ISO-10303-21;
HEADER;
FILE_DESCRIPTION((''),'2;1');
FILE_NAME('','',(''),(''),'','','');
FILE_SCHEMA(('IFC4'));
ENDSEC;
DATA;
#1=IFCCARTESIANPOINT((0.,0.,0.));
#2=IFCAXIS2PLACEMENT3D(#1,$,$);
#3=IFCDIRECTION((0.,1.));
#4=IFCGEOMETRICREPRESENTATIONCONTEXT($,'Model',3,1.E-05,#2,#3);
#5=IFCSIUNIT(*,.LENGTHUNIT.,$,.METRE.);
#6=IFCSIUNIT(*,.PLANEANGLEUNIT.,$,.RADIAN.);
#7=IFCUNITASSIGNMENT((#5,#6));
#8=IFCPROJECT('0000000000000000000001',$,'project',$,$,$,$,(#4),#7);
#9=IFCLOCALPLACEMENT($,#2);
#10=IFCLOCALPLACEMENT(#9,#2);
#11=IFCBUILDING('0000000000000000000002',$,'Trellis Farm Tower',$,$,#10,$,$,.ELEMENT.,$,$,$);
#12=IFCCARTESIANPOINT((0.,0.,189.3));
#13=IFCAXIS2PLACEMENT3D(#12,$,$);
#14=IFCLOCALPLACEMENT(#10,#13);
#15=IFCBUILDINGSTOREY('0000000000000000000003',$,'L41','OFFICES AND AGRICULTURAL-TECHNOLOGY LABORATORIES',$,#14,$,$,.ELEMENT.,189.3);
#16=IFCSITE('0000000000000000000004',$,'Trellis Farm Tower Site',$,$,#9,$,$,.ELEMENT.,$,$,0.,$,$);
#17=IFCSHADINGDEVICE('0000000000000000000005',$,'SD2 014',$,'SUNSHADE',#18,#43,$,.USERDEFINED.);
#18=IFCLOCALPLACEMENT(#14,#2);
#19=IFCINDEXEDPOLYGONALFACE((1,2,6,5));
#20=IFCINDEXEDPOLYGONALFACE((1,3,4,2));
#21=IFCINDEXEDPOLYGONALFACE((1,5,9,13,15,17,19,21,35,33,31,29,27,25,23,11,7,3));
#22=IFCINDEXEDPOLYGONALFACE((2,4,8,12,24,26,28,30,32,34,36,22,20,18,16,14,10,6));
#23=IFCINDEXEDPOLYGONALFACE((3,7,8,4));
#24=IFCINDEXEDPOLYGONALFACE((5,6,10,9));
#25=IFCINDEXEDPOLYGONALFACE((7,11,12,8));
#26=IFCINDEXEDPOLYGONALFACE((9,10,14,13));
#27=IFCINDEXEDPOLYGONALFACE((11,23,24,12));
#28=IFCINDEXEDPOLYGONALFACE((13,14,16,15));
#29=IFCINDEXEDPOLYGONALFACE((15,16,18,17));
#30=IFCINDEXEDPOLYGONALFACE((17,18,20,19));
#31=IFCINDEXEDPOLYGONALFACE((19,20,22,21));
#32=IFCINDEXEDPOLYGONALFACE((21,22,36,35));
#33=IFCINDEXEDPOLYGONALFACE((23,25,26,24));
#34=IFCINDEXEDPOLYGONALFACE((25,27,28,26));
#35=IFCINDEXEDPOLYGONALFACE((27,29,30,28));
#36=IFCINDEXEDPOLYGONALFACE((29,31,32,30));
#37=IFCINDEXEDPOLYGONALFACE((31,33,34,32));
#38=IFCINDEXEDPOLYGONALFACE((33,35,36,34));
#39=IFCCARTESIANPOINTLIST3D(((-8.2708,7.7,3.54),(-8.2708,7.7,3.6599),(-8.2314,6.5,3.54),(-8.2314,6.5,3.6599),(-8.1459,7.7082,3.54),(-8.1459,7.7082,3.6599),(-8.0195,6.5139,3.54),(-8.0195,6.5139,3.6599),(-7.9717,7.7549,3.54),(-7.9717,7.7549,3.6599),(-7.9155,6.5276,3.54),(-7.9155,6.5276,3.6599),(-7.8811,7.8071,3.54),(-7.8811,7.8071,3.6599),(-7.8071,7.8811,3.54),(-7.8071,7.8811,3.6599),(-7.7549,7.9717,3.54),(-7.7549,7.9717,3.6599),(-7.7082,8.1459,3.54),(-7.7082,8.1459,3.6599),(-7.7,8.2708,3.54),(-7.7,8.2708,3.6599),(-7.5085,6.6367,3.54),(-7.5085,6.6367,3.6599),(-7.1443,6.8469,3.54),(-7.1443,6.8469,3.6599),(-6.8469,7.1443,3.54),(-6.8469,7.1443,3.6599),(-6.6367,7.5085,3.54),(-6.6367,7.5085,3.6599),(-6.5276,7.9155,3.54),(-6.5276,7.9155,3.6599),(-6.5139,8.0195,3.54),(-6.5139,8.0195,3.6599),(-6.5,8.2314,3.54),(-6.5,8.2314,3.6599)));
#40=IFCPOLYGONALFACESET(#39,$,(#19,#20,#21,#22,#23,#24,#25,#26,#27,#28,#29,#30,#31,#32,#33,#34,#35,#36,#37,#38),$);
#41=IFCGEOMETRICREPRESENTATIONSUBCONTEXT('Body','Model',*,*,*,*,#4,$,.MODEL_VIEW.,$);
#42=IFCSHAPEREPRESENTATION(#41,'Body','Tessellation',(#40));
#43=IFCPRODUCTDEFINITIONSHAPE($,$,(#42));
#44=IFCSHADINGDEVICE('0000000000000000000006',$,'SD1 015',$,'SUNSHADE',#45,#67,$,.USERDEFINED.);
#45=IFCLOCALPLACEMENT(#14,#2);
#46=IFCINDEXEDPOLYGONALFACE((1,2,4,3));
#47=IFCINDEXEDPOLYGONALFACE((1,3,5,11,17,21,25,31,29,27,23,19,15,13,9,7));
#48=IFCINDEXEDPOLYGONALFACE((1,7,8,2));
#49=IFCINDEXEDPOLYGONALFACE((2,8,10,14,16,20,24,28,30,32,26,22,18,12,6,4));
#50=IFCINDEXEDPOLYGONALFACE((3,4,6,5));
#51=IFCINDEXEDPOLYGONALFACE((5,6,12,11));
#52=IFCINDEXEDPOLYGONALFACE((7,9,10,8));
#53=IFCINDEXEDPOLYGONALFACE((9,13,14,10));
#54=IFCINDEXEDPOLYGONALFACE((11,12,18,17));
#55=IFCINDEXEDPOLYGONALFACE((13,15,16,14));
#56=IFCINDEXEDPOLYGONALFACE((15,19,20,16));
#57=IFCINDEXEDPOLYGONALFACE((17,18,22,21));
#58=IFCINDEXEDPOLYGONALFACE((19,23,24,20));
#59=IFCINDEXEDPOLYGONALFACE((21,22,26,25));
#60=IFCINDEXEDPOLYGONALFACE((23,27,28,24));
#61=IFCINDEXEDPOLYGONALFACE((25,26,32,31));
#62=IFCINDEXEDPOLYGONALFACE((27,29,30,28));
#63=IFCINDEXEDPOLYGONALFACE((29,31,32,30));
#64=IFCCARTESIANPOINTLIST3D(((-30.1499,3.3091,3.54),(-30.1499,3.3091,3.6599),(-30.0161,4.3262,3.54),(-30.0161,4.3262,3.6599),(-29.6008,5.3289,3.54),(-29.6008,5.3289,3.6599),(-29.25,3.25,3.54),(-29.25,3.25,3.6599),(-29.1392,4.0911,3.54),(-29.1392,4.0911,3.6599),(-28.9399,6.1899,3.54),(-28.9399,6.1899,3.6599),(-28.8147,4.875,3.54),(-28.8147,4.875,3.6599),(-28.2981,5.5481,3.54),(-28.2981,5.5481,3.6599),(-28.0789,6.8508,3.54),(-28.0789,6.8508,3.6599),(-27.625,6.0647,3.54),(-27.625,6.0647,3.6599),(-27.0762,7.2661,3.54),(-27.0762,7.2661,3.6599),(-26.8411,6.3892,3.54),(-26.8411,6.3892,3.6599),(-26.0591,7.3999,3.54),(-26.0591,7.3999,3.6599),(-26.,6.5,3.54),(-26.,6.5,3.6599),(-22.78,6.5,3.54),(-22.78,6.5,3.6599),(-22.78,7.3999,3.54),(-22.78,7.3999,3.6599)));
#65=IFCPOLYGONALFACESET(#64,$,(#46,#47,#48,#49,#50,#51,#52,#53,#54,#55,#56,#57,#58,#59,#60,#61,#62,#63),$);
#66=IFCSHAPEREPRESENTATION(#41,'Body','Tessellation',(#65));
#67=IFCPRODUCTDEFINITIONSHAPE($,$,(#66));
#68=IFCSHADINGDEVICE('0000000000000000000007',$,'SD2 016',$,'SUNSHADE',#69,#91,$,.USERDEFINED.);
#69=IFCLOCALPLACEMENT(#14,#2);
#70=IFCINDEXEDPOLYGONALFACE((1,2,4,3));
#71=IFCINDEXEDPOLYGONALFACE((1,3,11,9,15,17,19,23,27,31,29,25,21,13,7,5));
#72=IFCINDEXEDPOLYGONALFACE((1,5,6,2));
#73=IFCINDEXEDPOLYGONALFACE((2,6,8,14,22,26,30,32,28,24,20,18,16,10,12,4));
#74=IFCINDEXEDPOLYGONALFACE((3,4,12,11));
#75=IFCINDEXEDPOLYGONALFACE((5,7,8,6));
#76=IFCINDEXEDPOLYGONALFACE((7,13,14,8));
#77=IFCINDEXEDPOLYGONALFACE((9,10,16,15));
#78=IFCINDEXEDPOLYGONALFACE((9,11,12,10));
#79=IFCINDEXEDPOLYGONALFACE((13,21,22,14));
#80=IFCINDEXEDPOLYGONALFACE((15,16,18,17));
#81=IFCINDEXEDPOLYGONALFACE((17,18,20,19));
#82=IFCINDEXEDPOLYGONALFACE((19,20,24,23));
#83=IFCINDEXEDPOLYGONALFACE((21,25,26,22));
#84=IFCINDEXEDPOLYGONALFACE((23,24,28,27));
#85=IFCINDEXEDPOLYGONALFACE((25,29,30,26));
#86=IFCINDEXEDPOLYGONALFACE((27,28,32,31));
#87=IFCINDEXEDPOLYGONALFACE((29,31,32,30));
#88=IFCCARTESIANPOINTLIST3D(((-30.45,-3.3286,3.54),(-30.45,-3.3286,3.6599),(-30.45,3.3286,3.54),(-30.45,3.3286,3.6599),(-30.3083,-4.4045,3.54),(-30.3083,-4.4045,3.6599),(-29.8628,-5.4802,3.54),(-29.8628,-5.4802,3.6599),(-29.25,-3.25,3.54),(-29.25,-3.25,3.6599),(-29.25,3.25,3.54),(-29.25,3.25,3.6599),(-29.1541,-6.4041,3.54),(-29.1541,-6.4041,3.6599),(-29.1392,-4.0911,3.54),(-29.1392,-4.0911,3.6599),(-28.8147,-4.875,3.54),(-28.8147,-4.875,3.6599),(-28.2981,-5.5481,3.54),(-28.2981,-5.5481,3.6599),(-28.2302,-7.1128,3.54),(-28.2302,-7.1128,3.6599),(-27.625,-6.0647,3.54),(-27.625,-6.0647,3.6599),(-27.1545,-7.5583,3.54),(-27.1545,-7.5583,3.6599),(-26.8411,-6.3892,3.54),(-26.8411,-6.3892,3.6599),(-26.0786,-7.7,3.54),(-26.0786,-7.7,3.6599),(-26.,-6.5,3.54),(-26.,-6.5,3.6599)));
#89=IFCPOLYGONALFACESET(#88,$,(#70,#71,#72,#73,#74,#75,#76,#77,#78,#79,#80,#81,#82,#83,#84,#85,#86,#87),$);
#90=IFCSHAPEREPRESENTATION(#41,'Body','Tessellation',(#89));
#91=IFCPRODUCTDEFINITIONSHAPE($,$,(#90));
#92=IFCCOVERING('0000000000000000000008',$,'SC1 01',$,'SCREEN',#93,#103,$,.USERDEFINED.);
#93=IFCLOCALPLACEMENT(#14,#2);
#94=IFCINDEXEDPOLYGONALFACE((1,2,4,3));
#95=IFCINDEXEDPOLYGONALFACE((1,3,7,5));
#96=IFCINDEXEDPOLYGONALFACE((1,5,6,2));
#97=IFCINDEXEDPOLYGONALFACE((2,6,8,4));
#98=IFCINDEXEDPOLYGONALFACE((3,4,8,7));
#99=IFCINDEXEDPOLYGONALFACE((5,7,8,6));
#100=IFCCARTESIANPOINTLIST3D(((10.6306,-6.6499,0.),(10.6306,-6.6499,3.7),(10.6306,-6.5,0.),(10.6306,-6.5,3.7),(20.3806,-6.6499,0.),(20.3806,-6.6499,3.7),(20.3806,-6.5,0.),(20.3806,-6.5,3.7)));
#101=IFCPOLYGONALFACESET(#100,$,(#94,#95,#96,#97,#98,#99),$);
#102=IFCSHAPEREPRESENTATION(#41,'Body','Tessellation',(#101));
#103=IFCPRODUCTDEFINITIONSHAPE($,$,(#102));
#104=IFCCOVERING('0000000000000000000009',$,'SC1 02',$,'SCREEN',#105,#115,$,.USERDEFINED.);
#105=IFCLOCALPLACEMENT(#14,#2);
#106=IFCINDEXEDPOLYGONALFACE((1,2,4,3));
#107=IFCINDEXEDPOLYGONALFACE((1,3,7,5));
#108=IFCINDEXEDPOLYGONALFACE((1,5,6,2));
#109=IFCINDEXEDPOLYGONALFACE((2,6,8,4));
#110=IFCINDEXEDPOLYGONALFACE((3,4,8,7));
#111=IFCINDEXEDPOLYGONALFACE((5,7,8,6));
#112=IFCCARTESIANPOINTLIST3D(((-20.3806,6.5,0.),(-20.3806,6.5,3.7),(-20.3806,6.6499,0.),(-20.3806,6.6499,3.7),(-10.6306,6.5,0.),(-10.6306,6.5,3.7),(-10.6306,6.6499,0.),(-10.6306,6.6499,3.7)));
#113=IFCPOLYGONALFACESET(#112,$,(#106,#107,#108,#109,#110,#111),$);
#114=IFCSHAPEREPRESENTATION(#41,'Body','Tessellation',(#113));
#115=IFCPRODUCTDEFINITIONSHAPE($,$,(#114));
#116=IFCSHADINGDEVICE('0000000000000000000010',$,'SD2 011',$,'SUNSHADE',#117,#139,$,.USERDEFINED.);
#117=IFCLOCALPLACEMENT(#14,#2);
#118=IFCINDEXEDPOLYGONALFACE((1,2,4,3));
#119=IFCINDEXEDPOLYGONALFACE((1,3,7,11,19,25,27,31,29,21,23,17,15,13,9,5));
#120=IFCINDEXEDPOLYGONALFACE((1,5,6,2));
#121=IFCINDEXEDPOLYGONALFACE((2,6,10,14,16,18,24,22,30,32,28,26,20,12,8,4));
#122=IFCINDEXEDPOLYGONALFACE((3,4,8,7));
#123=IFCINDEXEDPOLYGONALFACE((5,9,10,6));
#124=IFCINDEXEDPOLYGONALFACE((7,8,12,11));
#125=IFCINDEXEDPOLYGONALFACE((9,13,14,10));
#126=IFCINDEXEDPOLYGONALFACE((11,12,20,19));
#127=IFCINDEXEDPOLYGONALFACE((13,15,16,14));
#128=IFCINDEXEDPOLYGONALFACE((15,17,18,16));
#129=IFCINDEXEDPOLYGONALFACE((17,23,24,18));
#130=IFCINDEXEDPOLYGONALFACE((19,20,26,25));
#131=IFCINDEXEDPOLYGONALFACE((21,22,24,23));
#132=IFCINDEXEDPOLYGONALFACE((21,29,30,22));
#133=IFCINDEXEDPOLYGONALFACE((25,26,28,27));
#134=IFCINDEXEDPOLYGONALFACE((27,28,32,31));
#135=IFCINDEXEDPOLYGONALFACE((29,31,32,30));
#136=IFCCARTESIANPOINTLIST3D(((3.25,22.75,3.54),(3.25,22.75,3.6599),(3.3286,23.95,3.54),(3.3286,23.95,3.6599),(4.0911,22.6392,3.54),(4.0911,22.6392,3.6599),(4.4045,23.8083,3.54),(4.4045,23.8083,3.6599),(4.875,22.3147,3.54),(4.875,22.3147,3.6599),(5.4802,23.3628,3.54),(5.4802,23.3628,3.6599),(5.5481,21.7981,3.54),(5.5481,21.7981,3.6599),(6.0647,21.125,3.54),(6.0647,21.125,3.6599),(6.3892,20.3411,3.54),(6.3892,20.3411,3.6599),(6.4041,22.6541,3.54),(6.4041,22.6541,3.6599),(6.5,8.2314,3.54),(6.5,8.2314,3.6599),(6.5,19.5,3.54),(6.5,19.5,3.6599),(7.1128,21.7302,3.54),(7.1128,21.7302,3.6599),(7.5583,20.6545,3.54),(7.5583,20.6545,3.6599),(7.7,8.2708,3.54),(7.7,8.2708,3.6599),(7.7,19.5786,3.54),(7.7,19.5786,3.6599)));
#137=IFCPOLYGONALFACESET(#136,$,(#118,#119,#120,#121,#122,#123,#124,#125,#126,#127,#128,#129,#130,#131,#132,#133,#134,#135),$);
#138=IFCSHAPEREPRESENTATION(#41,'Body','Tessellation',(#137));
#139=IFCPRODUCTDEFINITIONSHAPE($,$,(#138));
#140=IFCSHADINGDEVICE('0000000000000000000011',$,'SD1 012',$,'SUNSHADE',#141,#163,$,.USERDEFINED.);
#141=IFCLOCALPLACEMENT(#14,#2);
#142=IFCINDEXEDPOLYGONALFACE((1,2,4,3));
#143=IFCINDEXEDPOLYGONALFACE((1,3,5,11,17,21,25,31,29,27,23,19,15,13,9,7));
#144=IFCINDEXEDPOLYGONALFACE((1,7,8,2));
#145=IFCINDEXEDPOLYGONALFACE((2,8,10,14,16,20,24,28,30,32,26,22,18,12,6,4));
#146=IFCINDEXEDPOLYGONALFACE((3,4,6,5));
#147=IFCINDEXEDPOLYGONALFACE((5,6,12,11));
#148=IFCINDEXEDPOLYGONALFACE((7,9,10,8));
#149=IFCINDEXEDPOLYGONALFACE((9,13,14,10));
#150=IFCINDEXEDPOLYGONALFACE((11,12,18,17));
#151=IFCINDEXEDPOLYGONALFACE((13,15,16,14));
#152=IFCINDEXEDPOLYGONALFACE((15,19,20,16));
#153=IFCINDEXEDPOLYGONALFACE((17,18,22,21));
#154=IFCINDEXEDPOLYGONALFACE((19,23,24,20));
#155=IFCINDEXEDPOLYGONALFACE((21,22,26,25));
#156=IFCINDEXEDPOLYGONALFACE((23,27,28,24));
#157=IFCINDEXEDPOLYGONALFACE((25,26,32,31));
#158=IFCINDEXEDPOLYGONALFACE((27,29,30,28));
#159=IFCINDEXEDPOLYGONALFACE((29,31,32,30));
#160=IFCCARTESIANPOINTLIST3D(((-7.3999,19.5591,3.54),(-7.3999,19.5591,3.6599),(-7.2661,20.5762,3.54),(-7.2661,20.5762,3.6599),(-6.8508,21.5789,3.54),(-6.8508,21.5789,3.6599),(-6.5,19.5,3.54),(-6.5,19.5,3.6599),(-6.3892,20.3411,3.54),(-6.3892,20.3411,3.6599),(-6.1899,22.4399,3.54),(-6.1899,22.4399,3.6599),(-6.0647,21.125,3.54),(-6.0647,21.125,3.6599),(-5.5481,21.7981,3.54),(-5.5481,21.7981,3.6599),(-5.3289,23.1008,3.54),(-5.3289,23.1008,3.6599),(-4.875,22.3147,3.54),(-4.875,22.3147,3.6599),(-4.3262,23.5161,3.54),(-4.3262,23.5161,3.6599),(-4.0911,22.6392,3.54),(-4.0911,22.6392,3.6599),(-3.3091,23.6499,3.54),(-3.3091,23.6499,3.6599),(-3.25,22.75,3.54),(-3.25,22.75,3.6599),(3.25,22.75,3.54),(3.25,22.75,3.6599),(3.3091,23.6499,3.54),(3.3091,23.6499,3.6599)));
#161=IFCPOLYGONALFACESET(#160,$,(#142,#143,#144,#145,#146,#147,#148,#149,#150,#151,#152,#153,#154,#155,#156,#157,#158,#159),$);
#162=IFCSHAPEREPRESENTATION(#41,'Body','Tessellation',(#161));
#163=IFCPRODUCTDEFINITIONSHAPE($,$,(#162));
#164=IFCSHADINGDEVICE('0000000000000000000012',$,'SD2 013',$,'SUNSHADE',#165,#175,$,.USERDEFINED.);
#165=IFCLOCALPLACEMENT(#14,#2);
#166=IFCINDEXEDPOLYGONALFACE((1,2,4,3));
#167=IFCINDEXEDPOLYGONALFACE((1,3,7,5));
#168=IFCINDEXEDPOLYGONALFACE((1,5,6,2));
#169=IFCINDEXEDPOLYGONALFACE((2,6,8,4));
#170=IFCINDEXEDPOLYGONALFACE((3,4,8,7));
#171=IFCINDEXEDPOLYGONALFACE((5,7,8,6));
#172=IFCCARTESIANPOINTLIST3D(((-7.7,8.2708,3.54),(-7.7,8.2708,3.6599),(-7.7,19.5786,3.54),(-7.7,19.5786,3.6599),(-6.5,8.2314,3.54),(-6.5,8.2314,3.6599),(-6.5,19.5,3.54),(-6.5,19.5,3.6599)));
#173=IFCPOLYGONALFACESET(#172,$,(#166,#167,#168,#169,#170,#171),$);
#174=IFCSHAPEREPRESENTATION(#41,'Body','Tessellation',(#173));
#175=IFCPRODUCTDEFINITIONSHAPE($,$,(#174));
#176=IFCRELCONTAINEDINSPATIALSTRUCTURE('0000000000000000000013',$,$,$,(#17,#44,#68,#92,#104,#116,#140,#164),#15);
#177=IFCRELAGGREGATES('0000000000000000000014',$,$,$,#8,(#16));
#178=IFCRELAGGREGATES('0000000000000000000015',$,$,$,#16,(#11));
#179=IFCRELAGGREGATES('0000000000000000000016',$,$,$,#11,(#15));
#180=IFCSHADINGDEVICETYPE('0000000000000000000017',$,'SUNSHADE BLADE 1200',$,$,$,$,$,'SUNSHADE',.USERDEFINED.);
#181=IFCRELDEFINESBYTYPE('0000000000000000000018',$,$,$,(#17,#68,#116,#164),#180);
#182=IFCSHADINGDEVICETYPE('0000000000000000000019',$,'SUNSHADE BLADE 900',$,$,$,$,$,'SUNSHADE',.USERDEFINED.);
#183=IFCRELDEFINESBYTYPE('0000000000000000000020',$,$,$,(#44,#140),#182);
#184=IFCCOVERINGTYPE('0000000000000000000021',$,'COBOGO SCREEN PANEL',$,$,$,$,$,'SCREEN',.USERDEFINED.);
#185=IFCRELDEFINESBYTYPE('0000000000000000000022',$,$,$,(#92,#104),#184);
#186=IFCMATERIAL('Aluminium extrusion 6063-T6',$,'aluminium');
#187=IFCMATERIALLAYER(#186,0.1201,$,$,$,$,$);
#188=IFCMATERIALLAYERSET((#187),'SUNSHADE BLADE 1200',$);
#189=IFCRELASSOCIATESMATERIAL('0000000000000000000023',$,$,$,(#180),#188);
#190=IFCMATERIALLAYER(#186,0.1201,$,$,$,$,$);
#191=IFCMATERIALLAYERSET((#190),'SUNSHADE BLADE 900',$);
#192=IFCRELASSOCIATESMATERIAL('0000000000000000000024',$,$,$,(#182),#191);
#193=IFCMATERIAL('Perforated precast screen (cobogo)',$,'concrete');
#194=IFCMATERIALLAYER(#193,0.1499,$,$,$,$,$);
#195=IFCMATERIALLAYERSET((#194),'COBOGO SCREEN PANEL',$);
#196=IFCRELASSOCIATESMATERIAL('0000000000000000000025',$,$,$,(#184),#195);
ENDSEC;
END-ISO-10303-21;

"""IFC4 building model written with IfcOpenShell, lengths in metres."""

from ifc_helpers import new_model, si_unit, direction, frame, origin, place, context, subcontext, project, spatial, polyline, outline, extrude, source, transform, mapped, material, layer, layer_set, type_object, element, save


model = new_model("IFC4")

# Units and contexts
model_context = context("Model", 3, precision=1e-05, world=origin(), true_north=direction((0.0, 1.0)))
body_context = subcontext(model_context, "Body", "Model", "MODEL_VIEW")
ifc_project = project(units=[si_unit("LENGTHUNIT", "METRE"), si_unit("PLANEANGLEUNIT", "RADIAN")], contexts=[model_context])

# Site, building, storey
site_placement = place(None, origin())
site = spatial("IfcSite", under=ifc_project, at=site_placement, Name="Trellis Farm Tower Site", CompositionType="ELEMENT", RefElevation=0.0)
building_placement = place(site_placement, origin())
building = spatial("IfcBuilding", under=site, at=building_placement, Name="Trellis Farm Tower", CompositionType="ELEMENT")
storey_placement = place(building_placement, frame((0.0, 0.0, 189.3)))
storey = spatial("IfcBuildingStorey", under=building, at=storey_placement, Name="L41", Description="OFFICES AND AGRICULTURAL-TECHNOLOGY LABORATORIES", CompositionType="ELEMENT", Elevation=189.3)

# Shared definitions
placement_1 = place(storey_placement, origin())
ifc_material_1 = material(Name="Aluminium extrusion 6063-T6", Category="aluminium")

# Shading devices
ifc_layer_1 = layer(ifc_material_1, 0.1201)
ifc_layer_set_1 = layer_set([ifc_layer_1], Name="SUNSHADE BLADE 1200")
shading_device_type_1 = type_object("IfcShadingDeviceType", Name="SUNSHADE BLADE 1200", ElementType="SUNSHADE", PredefinedType="USERDEFINED", material=ifc_layer_set_1)
shared_shape_1 = source(origin(), body_context, "Body", "SweptSolid", [
    extrude(outline(polyline([(-7.7, 8.2708), (-7.7087, 8.1372), (-7.707, 8.1501), (-7.7549, 7.9717), (-7.8071, 7.8811), (-7.8811, 7.8071), (-7.9717, 7.7549), (-8.1501, 7.707), (-8.1372, 7.7087), (-8.2708, 7.7), (-8.2314, 6.5), (-8.0195, 6.5139), (-7.9155, 6.5276), (-7.5085, 6.6367), (-7.1443, 6.8469), (-6.8469, 7.1443), (-6.6367, 7.5085), (-6.5276, 7.9155), (-6.5139, 8.0195), (-6.5, 8.2314), (-7.7, 8.2708)])), origin(), (0.0, 0.0, 1.0), 0.1199),
])
placement_2 = place(storey_placement, frame((0.0, 0.0, 3.54)))
element("IfcShadingDevice", 1, at=placement_2, inside=storey, type_object=shading_device_type_1, Name="SD2 014", ObjectType="SUNSHADE", PredefinedType="USERDEFINED", context=body_context, shape_type="MappedRepresentation", body=[
    mapped(shared_shape_1, transform((0.0, 0.0, 0.0))),
])
ifc_layer_2 = layer(ifc_material_1, 0.1201)
ifc_layer_set_2 = layer_set([ifc_layer_2], Name="SUNSHADE BLADE 900")
shading_device_type_2 = type_object("IfcShadingDeviceType", Name="SUNSHADE BLADE 900", ElementType="SUNSHADE", PredefinedType="USERDEFINED", material=ifc_layer_set_2)
shared_shape_2 = source(origin(), body_context, "Body", "SweptSolid", [
    extrude(outline(polyline([(-22.78, 7.3999), (-26.0591, 7.3999), (-27.0762, 7.2661), (-28.0789, 6.8508), (-28.9399, 6.1899), (-29.6008, 5.3289), (-30.0161, 4.3262), (-30.1499, 3.3091), (-29.25, 3.25), (-29.1392, 4.0911), (-28.8147, 4.875), (-28.2981, 5.5481), (-27.625, 6.0647), (-26.8411, 6.3892), (-26.0, 6.5), (-22.78, 6.5), (-22.78, 7.3999)])), origin(), (0.0, 0.0, 1.0), 0.1199),
])
element("IfcShadingDevice", 2, at=placement_2, inside=storey, type_object=shading_device_type_2, Name="SD1 015", ObjectType="SUNSHADE", PredefinedType="USERDEFINED", context=body_context, shape_type="MappedRepresentation", body=[
    mapped(shared_shape_2, transform((0.0, 0.0, 0.0))),
])
shared_shape_3 = source(origin(), body_context, "Body", "SweptSolid", [
    extrude(outline(polyline([(-30.45, 3.3286), (-30.45, -3.3286), (-30.3083, -4.4045), (-29.8628, -5.4802), (-29.1541, -6.4041), (-28.2302, -7.1128), (-27.1545, -7.5583), (-26.0786, -7.7), (-26.0, -6.5), (-26.8411, -6.3892), (-27.625, -6.0647), (-28.2981, -5.5481), (-28.8147, -4.875), (-29.1392, -4.0911), (-29.25, -3.25), (-29.25, 3.25), (-30.45, 3.3286)])), origin(), (0.0, 0.0, 1.0), 0.1199),
])
element("IfcShadingDevice", 3, at=placement_2, inside=storey, type_object=shading_device_type_1, Name="SD2 016", ObjectType="SUNSHADE", PredefinedType="USERDEFINED", context=body_context, shape_type="MappedRepresentation", body=[
    mapped(shared_shape_3, transform((0.0, 0.0, 0.0))),
])

# Coverings
ifc_material_2 = material(Name="Perforated precast screen (cobogo)", Category="concrete")
ifc_layer_3 = layer(ifc_material_2, 0.1499)
ifc_layer_set_3 = layer_set([ifc_layer_3], Name="COBOGO SCREEN PANEL")
covering_type = type_object("IfcCoveringType", Name="COBOGO SCREEN PANEL", ElementType="SCREEN", PredefinedType="USERDEFINED", material=ifc_layer_set_3)
shared_shape_4 = source(origin(), body_context, "Body", "SweptSolid", [
    extrude(outline(polyline([(10.6306, -6.6499), (20.3806, -6.6499), (20.3806, -6.5), (10.6306, -6.5), (10.6306, -6.6499)])), origin(), (0.0, 0.0, 1.0), 3.7),
])
element("IfcCovering", 4, at=placement_1, inside=storey, type_object=covering_type, Name="SC1 01", ObjectType="SCREEN", PredefinedType="USERDEFINED", context=body_context, shape_type="MappedRepresentation", body=[
    mapped(shared_shape_4, transform((0.0, 0.0, 0.0))),
])
shared_shape_5 = source(origin(), body_context, "Body", "SweptSolid", [
    extrude(outline(polyline([(-10.6306, 6.6499), (-20.3806, 6.6499), (-20.3806, 6.5), (-10.6306, 6.5), (-10.6306, 6.6499)])), origin(), (0.0, 0.0, 1.0), 3.7),
])
element("IfcCovering", 5, at=placement_1, inside=storey, type_object=covering_type, Name="SC1 02", ObjectType="SCREEN", PredefinedType="USERDEFINED", context=body_context, shape_type="MappedRepresentation", body=[
    mapped(shared_shape_5, transform((0.0, 0.0, 0.0))),
])

# Shading devices
shared_shape_6 = source(origin(), body_context, "Body", "SweptSolid", [
    extrude(outline(polyline([(7.7, 8.2708), (7.7, 19.5786), (7.5583, 20.6545), (7.1128, 21.7302), (6.4041, 22.6541), (5.4802, 23.3628), (4.4045, 23.8083), (3.3286, 23.95), (3.25, 22.75), (4.0911, 22.6392), (4.875, 22.3147), (5.5481, 21.7981), (6.0647, 21.125), (6.3892, 20.3411), (6.5, 19.5), (6.5, 8.2314), (7.7, 8.2708)])), origin(), (0.0, 0.0, 1.0), 0.1199),
])
element("IfcShadingDevice", 6, at=placement_2, inside=storey, type_object=shading_device_type_1, Name="SD2 011", ObjectType="SUNSHADE", PredefinedType="USERDEFINED", context=body_context, shape_type="MappedRepresentation", body=[
    mapped(shared_shape_6, transform((0.0, 0.0, 0.0))),
])
shared_shape_7 = source(origin(), body_context, "Body", "SweptSolid", [
    extrude(outline(polyline([(3.3091, 23.6499), (-3.3091, 23.6499), (-4.3262, 23.5161), (-5.3289, 23.1008), (-6.1899, 22.4399), (-6.8508, 21.5789), (-7.2661, 20.5762), (-7.3999, 19.5591), (-6.5, 19.5), (-6.3892, 20.3411), (-6.0647, 21.125), (-5.5481, 21.7981), (-4.875, 22.3147), (-4.0911, 22.6392), (-3.25, 22.75), (3.25, 22.75), (3.3091, 23.6499)])), origin(), (0.0, 0.0, 1.0), 0.1199),
])
element("IfcShadingDevice", 7, at=placement_2, inside=storey, type_object=shading_device_type_2, Name="SD1 012", ObjectType="SUNSHADE", PredefinedType="USERDEFINED", context=body_context, shape_type="MappedRepresentation", body=[
    mapped(shared_shape_7, transform((0.0, 0.0, 0.0))),
])
shared_shape_8 = source(origin(), body_context, "Body", "SweptSolid", [
    extrude(outline(polyline([(-7.7, 19.5786), (-7.7, 8.2708), (-6.5, 8.2314), (-6.5, 19.5), (-7.7, 19.5786)])), origin(), (0.0, 0.0, 1.0), 0.1199),
])
element("IfcShadingDevice", 8, at=placement_2, inside=storey, type_object=shading_device_type_1, Name="SD2 013", ObjectType="SUNSHADE", PredefinedType="USERDEFINED", context=body_context, shape_type="MappedRepresentation", body=[
    mapped(shared_shape_8, transform((0.0, 0.0, 0.0))),
])

save(model, "model.ifc")
